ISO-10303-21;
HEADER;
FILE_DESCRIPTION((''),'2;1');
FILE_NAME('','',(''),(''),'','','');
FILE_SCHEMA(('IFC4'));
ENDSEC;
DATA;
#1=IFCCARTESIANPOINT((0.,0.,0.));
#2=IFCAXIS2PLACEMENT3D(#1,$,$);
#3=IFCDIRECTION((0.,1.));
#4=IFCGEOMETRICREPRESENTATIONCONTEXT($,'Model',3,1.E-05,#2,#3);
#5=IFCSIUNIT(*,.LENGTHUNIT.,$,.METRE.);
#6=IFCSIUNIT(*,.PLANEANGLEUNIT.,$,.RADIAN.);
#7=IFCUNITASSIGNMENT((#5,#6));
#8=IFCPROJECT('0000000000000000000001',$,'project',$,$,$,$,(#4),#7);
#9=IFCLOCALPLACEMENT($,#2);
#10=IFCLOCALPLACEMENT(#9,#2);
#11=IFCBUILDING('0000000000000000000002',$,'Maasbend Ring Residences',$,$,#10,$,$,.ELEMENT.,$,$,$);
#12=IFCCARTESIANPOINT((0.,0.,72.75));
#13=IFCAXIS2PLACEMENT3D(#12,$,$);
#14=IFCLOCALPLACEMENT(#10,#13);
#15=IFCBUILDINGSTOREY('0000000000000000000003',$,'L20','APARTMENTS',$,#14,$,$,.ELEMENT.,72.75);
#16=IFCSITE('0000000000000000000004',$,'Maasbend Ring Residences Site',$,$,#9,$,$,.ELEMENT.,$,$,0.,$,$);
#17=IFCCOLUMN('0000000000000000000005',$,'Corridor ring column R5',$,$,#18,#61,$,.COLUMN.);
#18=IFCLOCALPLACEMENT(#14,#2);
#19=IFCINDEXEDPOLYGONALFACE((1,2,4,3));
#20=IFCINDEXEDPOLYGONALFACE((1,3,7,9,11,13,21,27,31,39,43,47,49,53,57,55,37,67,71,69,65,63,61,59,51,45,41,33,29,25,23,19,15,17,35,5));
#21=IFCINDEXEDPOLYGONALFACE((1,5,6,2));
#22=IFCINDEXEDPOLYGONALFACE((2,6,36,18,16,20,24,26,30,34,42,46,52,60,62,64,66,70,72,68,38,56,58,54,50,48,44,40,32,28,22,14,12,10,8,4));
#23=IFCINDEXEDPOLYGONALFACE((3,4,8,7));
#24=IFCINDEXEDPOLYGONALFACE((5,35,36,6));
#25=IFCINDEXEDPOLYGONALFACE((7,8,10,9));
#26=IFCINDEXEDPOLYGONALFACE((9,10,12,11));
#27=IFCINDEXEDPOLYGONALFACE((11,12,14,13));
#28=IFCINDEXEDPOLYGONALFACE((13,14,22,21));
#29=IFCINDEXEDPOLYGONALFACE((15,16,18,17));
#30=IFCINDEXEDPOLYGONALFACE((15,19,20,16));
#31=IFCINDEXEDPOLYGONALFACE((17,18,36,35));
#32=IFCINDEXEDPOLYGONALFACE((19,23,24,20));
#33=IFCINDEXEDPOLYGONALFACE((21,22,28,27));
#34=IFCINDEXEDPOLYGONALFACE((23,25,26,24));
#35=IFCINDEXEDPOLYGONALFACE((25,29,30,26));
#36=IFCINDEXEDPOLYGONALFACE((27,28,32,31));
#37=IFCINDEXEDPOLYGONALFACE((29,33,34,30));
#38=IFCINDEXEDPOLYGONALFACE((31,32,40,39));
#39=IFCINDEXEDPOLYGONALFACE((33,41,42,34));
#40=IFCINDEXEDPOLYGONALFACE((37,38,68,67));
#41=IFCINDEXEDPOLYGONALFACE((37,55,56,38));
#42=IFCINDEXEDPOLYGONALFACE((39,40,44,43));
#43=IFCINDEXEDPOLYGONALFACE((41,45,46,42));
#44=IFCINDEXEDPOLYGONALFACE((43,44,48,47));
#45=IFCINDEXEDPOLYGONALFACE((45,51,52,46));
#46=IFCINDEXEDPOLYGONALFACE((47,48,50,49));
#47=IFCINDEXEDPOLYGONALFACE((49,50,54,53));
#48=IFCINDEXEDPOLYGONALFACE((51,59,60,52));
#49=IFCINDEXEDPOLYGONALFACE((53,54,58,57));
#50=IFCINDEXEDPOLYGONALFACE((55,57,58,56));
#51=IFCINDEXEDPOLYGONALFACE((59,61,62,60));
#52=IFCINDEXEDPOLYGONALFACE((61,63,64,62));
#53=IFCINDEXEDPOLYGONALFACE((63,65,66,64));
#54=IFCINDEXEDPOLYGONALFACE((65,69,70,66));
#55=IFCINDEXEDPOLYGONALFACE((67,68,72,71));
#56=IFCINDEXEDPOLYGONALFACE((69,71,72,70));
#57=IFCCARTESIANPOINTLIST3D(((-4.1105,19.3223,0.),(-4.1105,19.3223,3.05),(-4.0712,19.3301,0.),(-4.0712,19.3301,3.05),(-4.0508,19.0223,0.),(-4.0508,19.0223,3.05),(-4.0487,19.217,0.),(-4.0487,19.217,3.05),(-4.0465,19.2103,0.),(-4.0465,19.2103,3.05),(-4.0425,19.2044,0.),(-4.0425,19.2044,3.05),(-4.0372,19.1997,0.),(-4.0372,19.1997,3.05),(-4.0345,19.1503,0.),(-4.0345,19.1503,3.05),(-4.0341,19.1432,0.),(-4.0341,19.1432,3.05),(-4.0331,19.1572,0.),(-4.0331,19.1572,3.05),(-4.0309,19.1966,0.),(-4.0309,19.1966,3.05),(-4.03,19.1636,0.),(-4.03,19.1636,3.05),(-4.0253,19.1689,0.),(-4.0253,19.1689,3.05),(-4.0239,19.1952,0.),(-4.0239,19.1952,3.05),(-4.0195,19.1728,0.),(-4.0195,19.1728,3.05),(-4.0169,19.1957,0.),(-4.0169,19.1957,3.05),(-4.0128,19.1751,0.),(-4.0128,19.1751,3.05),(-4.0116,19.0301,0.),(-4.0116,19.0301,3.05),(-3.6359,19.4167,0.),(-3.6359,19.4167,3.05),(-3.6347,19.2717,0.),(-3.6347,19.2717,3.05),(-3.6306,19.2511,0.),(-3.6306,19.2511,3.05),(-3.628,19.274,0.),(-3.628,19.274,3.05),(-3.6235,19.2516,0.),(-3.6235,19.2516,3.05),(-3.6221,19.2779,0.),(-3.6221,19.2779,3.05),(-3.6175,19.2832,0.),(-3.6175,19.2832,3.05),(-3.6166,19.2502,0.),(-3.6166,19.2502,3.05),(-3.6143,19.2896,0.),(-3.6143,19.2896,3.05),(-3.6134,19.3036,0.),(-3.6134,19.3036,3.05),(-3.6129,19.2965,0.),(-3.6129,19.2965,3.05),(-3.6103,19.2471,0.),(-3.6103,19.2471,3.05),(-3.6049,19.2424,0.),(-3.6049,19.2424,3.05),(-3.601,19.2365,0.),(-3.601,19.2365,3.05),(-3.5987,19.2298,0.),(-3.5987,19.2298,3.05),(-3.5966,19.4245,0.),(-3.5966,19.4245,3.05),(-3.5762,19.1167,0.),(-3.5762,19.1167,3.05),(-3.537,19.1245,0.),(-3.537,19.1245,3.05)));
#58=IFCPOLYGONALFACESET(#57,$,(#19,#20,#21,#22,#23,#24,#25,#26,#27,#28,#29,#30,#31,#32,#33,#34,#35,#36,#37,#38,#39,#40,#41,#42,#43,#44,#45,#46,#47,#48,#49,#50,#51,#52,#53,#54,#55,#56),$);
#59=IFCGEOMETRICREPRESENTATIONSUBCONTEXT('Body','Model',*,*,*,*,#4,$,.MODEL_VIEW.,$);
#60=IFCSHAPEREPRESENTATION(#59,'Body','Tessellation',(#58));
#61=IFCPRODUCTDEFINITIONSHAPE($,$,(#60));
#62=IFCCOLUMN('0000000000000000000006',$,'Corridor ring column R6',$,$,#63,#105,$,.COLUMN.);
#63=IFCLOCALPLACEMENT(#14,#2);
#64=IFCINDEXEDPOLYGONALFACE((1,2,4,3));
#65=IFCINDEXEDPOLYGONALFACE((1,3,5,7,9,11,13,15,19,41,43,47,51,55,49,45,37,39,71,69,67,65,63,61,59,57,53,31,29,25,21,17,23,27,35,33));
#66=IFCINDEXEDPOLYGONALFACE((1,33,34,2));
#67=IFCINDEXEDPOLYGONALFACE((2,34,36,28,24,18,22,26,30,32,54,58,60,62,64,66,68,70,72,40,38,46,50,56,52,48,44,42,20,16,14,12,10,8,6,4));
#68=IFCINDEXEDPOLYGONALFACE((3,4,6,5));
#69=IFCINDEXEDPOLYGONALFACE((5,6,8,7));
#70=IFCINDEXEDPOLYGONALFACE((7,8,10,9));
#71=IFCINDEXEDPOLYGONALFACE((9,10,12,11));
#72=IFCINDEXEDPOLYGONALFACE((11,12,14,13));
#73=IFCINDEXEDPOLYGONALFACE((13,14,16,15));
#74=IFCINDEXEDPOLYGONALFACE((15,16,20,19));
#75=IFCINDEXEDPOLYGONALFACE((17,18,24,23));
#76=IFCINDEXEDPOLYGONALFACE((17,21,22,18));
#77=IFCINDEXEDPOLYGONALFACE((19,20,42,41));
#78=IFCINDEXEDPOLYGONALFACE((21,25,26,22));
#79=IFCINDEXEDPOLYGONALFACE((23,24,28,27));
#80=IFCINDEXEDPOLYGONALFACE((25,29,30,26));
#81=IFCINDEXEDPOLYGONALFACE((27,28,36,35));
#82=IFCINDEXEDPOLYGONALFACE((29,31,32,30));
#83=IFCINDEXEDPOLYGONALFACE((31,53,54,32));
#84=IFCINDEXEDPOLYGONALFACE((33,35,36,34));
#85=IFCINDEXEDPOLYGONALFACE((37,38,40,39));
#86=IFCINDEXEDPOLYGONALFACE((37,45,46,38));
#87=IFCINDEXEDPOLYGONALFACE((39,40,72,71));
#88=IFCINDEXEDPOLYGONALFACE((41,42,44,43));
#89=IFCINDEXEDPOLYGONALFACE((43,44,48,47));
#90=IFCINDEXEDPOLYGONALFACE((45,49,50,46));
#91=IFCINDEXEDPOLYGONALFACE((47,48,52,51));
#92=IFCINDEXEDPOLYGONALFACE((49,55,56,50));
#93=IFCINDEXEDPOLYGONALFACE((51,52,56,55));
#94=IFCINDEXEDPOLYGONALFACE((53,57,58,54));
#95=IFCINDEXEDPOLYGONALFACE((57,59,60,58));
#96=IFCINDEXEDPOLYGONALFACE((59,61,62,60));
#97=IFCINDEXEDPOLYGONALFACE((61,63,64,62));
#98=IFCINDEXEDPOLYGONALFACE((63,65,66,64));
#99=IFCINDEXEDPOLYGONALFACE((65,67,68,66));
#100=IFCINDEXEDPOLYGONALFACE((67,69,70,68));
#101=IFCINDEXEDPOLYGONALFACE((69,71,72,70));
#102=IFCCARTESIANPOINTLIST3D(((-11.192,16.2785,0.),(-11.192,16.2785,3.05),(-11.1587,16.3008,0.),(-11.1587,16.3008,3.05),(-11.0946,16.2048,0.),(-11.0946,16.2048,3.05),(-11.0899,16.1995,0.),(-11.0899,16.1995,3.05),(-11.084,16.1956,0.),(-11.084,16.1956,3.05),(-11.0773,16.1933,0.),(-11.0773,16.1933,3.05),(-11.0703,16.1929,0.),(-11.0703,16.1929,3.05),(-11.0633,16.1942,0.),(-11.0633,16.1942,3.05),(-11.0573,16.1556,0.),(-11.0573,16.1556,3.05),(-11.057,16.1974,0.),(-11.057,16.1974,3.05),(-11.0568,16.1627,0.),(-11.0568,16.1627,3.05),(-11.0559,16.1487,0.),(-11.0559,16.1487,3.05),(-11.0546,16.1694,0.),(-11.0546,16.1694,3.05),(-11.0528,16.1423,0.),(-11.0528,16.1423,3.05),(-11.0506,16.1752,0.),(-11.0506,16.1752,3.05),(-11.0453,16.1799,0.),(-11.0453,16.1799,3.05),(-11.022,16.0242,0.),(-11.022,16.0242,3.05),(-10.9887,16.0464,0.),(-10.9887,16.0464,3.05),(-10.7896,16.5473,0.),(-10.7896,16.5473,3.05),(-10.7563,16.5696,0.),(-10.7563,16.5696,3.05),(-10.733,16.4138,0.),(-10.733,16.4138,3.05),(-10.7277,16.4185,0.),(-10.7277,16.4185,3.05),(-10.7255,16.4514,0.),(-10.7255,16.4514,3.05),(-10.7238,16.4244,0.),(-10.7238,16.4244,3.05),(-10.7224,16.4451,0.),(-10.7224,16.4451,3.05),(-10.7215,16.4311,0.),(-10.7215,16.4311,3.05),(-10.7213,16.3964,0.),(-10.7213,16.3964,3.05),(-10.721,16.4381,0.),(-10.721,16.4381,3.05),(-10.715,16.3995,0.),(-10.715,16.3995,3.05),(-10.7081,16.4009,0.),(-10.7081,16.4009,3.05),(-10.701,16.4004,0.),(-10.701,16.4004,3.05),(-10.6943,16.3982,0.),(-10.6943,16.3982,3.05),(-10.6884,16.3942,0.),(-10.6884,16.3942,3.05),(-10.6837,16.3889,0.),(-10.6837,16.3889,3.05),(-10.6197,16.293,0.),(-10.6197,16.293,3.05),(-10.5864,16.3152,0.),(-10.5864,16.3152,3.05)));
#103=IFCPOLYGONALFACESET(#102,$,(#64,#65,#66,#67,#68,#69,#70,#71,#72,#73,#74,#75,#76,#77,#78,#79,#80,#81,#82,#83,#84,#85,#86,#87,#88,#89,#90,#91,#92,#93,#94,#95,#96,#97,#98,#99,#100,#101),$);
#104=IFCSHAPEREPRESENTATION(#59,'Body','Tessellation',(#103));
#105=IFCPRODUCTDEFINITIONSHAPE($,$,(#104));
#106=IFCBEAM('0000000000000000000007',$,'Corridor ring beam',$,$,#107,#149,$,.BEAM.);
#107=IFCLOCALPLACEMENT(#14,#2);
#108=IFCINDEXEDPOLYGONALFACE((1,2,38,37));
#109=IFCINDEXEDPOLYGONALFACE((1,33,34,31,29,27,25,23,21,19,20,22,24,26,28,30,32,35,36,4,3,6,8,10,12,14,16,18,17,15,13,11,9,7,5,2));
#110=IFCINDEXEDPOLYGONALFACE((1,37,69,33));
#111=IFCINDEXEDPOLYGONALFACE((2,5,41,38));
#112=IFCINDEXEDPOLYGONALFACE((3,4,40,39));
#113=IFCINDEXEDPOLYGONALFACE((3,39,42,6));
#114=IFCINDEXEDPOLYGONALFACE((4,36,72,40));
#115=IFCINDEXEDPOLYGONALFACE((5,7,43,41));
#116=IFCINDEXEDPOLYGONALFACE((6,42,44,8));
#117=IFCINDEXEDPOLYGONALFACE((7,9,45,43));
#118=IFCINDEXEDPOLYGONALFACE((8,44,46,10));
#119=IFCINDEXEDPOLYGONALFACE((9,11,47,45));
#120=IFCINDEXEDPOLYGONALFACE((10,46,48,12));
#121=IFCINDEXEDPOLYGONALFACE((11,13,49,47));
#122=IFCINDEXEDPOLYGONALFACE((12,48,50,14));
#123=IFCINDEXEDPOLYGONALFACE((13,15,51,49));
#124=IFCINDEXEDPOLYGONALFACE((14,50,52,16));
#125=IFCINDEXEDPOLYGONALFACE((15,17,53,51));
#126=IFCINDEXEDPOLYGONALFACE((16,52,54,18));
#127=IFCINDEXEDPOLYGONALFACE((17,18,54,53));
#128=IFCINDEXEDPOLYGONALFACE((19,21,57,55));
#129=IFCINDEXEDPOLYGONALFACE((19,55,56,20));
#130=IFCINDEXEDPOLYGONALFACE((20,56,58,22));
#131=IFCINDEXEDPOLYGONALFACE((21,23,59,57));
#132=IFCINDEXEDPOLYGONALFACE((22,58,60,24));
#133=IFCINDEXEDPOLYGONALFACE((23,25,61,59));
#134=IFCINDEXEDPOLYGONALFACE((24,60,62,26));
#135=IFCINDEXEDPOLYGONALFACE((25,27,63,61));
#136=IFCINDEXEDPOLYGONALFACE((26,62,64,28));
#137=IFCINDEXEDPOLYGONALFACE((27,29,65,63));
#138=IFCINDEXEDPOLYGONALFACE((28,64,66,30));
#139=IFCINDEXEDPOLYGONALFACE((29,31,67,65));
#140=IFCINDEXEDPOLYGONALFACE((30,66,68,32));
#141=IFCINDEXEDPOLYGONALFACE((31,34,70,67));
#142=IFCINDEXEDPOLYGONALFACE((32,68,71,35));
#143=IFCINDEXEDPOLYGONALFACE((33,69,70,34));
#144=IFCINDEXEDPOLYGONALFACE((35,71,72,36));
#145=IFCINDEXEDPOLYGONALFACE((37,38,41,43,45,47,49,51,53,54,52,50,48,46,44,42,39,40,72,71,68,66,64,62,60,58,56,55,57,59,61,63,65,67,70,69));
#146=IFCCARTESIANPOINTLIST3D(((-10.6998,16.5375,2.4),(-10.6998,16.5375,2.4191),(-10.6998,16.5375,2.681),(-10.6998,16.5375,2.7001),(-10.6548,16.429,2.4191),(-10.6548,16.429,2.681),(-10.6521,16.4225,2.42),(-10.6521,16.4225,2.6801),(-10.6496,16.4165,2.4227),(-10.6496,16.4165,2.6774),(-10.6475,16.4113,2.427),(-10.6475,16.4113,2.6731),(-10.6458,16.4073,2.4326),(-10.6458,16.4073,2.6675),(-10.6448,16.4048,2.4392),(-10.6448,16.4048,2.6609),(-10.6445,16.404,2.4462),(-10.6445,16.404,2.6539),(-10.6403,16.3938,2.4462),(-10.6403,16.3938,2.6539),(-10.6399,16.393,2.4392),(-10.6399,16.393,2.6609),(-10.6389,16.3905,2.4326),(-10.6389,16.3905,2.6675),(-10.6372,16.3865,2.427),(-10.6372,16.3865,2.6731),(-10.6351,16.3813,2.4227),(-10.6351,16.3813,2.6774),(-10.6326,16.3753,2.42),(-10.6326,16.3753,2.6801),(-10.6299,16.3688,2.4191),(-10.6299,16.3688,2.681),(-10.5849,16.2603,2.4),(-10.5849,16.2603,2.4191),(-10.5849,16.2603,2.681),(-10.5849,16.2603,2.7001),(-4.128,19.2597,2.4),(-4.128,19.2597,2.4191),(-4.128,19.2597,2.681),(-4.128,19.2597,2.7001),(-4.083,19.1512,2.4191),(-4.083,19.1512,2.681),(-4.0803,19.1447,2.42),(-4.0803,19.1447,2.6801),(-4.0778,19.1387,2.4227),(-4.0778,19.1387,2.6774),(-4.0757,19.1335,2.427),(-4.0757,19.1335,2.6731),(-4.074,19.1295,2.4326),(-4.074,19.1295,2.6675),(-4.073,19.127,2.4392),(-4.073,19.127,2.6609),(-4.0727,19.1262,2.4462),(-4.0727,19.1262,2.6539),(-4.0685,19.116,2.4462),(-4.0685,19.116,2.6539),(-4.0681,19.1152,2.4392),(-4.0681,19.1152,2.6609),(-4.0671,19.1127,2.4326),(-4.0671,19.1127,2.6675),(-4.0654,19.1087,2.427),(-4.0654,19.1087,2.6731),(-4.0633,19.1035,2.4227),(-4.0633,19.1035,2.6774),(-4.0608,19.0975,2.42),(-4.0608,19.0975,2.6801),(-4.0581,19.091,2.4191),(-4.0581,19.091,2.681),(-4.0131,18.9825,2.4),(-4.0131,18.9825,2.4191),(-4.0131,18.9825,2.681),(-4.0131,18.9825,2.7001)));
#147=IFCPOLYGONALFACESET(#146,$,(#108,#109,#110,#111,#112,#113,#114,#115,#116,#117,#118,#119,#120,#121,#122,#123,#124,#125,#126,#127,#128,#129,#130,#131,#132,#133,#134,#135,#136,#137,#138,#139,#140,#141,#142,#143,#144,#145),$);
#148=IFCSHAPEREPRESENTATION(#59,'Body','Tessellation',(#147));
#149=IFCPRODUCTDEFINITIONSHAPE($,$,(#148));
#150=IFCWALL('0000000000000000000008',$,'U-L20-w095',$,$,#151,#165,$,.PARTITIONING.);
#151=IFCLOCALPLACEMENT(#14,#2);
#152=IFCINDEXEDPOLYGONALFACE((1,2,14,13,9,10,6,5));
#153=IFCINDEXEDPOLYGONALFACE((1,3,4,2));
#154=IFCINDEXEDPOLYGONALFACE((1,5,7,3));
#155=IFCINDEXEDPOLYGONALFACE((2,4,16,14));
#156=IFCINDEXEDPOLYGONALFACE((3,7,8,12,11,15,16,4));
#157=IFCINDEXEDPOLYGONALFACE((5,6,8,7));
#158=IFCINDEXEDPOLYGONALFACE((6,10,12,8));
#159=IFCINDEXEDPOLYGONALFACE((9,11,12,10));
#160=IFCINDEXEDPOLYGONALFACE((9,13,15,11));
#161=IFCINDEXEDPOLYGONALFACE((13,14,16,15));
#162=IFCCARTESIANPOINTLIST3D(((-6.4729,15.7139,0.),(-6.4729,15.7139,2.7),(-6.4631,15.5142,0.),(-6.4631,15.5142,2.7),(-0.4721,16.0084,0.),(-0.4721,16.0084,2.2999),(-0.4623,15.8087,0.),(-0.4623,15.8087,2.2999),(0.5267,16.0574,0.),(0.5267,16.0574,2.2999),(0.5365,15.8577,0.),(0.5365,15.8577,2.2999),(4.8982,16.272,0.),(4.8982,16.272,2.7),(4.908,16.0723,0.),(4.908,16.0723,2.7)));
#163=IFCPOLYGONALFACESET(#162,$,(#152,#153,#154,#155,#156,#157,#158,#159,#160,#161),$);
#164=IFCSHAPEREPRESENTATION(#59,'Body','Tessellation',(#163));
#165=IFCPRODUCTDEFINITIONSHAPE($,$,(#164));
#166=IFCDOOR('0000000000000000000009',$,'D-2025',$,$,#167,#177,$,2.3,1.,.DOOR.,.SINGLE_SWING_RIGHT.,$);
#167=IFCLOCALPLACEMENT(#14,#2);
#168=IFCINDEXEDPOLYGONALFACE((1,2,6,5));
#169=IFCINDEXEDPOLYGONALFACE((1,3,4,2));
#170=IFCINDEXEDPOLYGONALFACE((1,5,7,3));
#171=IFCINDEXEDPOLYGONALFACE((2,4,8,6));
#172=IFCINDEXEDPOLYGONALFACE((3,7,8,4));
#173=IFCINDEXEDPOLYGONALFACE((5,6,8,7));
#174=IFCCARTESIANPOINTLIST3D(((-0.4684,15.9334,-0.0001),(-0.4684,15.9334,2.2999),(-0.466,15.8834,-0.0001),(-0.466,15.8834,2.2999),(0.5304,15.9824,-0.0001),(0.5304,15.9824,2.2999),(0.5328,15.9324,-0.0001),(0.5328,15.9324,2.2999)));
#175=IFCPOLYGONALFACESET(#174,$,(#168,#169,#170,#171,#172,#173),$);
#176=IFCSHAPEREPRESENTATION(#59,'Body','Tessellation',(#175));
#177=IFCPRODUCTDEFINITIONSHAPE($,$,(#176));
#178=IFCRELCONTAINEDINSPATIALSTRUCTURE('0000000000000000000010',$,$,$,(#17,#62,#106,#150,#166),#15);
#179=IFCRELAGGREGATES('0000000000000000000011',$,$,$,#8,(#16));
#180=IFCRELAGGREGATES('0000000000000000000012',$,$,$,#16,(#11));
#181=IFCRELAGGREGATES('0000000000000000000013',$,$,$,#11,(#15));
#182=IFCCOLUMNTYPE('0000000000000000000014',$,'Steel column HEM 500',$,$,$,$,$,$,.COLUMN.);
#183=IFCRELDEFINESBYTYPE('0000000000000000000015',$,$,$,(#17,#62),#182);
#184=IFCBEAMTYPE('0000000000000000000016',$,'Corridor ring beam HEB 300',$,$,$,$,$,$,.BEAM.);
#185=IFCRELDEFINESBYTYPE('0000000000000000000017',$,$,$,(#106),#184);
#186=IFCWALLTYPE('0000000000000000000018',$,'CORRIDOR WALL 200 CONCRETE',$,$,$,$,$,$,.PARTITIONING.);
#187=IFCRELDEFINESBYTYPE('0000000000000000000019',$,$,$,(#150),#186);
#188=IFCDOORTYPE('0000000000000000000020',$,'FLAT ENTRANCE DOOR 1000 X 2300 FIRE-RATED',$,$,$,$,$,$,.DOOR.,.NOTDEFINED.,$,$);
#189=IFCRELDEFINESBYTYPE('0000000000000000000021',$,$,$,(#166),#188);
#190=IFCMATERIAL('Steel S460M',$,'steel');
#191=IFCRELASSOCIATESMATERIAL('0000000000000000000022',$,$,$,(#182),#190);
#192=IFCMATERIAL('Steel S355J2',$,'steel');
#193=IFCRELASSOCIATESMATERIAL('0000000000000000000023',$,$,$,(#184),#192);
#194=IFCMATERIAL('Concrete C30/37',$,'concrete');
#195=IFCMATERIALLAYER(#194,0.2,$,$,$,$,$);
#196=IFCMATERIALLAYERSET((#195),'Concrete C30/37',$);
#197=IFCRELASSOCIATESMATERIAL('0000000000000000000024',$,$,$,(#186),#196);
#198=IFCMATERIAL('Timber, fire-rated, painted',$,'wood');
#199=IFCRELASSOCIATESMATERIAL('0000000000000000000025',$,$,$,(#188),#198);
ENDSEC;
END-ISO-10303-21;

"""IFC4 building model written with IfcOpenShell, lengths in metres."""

from ifc_helpers import new_model, si_unit, direction, frame, frame_2d, origin, origin_2d, place, context, subcontext, project, spatial, rectangle, i_section, extrude, material, layer, layer_set, material_profile, profile_set, type_object, element, fill, save


model = new_model("IFC4")

# Units and contexts
model_context = context("Model", 3, precision=1e-05, world=origin(), true_north=direction((0.0, 1.0)))
body_context = subcontext(model_context, "Body", "Model", "MODEL_VIEW")
ifc_project = project(units=[si_unit("LENGTHUNIT", "METRE"), si_unit("PLANEANGLEUNIT", "RADIAN")], contexts=[model_context])

# Site, building, storey
site_placement = place(None, origin())
site = spatial("IfcSite", under=ifc_project, at=site_placement, Name="Maasbend Ring Residences Site", CompositionType="ELEMENT", RefElevation=0.0)
building_placement = place(site_placement, origin())
building = spatial("IfcBuilding", under=site, at=building_placement, Name="Maasbend Ring Residences", CompositionType="ELEMENT")
storey_placement = place(building_placement, frame((0.0, 0.0, 72.75)))
storey = spatial("IfcBuildingStorey", under=building, at=storey_placement, Name="L20", Description="APARTMENTS", CompositionType="ELEMENT", Elevation=72.75)

# Columns
ifc_material_1 = material(Name="Steel S460M", Category="steel")
ifc_material_profile_1 = material_profile(ifc_material_1, i_section(OverallWidth=0.3059, OverallDepth=0.5239, WebThickness=0.021, FlangeThickness=0.04, FilletRadius=0.0271, at=origin_2d()), Name="HEM 500")
ifc_profile_set_1 = profile_set([ifc_material_profile_1], Name="Steel S460M")
column_type = type_object("IfcColumnType", Name="Steel column HEM 500", PredefinedType="COLUMN", material=ifc_profile_set_1)
for number, where, z_axis, x_axis, name in (
    (1, (-3.8237, 19.2234, 0.0), (0.0, 0.0, 1.0), (-0.19509, 0.980785, 0.0), "Corridor ring column R5"),
    (2, (-10.8892, 16.2969, 0.0), (0.0, 0.0, 1.0), (-0.55557, 0.83147, 0.0), "Corridor ring column R6"),
):
    element("IfcColumn", number, at=place(storey_placement, frame(where, z_axis=z_axis, x_axis=x_axis)), inside=storey, type_object=column_type, Name=name, PredefinedType="COLUMN", context=body_context, shape_type="SweptSolid", body=[
        extrude(i_section(OverallWidth=0.3059, OverallDepth=0.5239, WebThickness=0.021, FlangeThickness=0.04, FilletRadius=0.0271, at=origin_2d()), origin(), (0.0, 0.0, 1.0), 3.05),
    ])

# Beam
ifc_material_2 = material(Name="Steel S355J2", Category="steel")
ifc_material_profile_2 = material_profile(ifc_material_2, i_section(OverallWidth=0.3, OverallDepth=0.3, WebThickness=0.011, FlangeThickness=0.019, FilletRadius=0.0271, at=origin_2d()), Name="HEB 300")
ifc_profile_set_2 = profile_set([ifc_material_profile_2], Name="Steel S355J2")
beam_type = type_object("IfcBeamType", Name="Corridor ring beam HEB 300", PredefinedType="BEAM", material=ifc_profile_set_2)
beam_placement = place(storey_placement, frame((-4.0706, 19.1211, 2.55), z_axis=(-0.923877, -0.382689, 0.0), x_axis=(0.382689, -0.923877, 0.0)))
element("IfcBeam", 3, at=beam_placement, inside=storey, type_object=beam_type, Name="Corridor ring beam", PredefinedType="BEAM", context=body_context, shape_type="SweptSolid", body=[
    extrude(i_section(OverallWidth=0.3, OverallDepth=0.3, WebThickness=0.011, FlangeThickness=0.019, FilletRadius=0.0271, at=origin_2d()), origin(), (0.0, 0.0, 1.0), 7.1133),
])

# Wall, opening, door
ifc_material_3 = material(Name="Concrete C30/37", Category="concrete")
ifc_layer_1 = layer(ifc_material_3, 0.2)
ifc_layer_set_1 = layer_set([ifc_layer_1], Name="Concrete C30/37")
wall_type_1 = type_object("IfcWallType", Name="CORRIDOR WALL 200 CONCRETE", PredefinedType="PARTITIONING", material=ifc_layer_set_1)
wall_1_placement = place(storey_placement, frame((-6.468, 15.614, 0.0), z_axis=(0.0, 0.0, 1.0), x_axis=(0.998798, 0.049022, 0.0)))
wall_1 = element("IfcWall", 4, at=wall_1_placement, inside=storey, type_object=wall_type_1, Name="U-L20-w095", PredefinedType="PARTITIONING", context=body_context, shape_type="SweptSolid", body=[
    extrude(rectangle(XDim=11.3848, YDim=0.2, at=frame_2d((5.6924, 0.0))), origin(), (0.0, 0.0, 1.0), 2.7),
])
opening_1_placement = place(wall_1_placement, frame((6.0081, 0.0, 0.0)))
opening_1 = element("IfcOpeningElement", 5, at=opening_1_placement, cuts=wall_1, PredefinedType="OPENING", context=body_context, shape_type="SweptSolid", body=[
    extrude(rectangle(XDim=1.0, YDim=2.3, at=frame_2d((0.5, 1.1499))), frame((0.0, 0.1099, 0.0), z_axis=(0.0, -1.0, 0.0), x_axis=(1.0, 0.0, 0.0)), (0.0, 0.0, 1.0), 0.22),
])
ifc_material_4 = material(Name="Timber, fire-rated, painted", Category="wood")
door_type_1 = type_object("IfcDoorType", Name="FLAT ENTRANCE DOOR 1000 X 2300 FIRE-RATED", OperationType="NOTDEFINED", PredefinedType="DOOR", material=ifc_material_4)
door_1_placement = place(opening_1_placement, origin())
door_1 = element("IfcDoor", 6, at=door_1_placement, inside=storey, type_object=door_type_1, Name="D-2025", OperationType="SINGLE_SWING_RIGHT", OverallHeight=2.3, OverallWidth=1.0, PredefinedType="DOOR", context=body_context, shape_type="SweptSolid", body=[
    extrude(rectangle(XDim=1.0, YDim=2.3, at=frame_2d((0.5, 1.1499))), frame((0.0, 0.0249, 0.0), z_axis=(0.0, -1.0, 0.0), x_axis=(1.0, 0.0, 0.0)), (0.0, 0.0, 1.0), 0.05),
])
fill(opening_1, door_1)

save(model, "model.ifc")
